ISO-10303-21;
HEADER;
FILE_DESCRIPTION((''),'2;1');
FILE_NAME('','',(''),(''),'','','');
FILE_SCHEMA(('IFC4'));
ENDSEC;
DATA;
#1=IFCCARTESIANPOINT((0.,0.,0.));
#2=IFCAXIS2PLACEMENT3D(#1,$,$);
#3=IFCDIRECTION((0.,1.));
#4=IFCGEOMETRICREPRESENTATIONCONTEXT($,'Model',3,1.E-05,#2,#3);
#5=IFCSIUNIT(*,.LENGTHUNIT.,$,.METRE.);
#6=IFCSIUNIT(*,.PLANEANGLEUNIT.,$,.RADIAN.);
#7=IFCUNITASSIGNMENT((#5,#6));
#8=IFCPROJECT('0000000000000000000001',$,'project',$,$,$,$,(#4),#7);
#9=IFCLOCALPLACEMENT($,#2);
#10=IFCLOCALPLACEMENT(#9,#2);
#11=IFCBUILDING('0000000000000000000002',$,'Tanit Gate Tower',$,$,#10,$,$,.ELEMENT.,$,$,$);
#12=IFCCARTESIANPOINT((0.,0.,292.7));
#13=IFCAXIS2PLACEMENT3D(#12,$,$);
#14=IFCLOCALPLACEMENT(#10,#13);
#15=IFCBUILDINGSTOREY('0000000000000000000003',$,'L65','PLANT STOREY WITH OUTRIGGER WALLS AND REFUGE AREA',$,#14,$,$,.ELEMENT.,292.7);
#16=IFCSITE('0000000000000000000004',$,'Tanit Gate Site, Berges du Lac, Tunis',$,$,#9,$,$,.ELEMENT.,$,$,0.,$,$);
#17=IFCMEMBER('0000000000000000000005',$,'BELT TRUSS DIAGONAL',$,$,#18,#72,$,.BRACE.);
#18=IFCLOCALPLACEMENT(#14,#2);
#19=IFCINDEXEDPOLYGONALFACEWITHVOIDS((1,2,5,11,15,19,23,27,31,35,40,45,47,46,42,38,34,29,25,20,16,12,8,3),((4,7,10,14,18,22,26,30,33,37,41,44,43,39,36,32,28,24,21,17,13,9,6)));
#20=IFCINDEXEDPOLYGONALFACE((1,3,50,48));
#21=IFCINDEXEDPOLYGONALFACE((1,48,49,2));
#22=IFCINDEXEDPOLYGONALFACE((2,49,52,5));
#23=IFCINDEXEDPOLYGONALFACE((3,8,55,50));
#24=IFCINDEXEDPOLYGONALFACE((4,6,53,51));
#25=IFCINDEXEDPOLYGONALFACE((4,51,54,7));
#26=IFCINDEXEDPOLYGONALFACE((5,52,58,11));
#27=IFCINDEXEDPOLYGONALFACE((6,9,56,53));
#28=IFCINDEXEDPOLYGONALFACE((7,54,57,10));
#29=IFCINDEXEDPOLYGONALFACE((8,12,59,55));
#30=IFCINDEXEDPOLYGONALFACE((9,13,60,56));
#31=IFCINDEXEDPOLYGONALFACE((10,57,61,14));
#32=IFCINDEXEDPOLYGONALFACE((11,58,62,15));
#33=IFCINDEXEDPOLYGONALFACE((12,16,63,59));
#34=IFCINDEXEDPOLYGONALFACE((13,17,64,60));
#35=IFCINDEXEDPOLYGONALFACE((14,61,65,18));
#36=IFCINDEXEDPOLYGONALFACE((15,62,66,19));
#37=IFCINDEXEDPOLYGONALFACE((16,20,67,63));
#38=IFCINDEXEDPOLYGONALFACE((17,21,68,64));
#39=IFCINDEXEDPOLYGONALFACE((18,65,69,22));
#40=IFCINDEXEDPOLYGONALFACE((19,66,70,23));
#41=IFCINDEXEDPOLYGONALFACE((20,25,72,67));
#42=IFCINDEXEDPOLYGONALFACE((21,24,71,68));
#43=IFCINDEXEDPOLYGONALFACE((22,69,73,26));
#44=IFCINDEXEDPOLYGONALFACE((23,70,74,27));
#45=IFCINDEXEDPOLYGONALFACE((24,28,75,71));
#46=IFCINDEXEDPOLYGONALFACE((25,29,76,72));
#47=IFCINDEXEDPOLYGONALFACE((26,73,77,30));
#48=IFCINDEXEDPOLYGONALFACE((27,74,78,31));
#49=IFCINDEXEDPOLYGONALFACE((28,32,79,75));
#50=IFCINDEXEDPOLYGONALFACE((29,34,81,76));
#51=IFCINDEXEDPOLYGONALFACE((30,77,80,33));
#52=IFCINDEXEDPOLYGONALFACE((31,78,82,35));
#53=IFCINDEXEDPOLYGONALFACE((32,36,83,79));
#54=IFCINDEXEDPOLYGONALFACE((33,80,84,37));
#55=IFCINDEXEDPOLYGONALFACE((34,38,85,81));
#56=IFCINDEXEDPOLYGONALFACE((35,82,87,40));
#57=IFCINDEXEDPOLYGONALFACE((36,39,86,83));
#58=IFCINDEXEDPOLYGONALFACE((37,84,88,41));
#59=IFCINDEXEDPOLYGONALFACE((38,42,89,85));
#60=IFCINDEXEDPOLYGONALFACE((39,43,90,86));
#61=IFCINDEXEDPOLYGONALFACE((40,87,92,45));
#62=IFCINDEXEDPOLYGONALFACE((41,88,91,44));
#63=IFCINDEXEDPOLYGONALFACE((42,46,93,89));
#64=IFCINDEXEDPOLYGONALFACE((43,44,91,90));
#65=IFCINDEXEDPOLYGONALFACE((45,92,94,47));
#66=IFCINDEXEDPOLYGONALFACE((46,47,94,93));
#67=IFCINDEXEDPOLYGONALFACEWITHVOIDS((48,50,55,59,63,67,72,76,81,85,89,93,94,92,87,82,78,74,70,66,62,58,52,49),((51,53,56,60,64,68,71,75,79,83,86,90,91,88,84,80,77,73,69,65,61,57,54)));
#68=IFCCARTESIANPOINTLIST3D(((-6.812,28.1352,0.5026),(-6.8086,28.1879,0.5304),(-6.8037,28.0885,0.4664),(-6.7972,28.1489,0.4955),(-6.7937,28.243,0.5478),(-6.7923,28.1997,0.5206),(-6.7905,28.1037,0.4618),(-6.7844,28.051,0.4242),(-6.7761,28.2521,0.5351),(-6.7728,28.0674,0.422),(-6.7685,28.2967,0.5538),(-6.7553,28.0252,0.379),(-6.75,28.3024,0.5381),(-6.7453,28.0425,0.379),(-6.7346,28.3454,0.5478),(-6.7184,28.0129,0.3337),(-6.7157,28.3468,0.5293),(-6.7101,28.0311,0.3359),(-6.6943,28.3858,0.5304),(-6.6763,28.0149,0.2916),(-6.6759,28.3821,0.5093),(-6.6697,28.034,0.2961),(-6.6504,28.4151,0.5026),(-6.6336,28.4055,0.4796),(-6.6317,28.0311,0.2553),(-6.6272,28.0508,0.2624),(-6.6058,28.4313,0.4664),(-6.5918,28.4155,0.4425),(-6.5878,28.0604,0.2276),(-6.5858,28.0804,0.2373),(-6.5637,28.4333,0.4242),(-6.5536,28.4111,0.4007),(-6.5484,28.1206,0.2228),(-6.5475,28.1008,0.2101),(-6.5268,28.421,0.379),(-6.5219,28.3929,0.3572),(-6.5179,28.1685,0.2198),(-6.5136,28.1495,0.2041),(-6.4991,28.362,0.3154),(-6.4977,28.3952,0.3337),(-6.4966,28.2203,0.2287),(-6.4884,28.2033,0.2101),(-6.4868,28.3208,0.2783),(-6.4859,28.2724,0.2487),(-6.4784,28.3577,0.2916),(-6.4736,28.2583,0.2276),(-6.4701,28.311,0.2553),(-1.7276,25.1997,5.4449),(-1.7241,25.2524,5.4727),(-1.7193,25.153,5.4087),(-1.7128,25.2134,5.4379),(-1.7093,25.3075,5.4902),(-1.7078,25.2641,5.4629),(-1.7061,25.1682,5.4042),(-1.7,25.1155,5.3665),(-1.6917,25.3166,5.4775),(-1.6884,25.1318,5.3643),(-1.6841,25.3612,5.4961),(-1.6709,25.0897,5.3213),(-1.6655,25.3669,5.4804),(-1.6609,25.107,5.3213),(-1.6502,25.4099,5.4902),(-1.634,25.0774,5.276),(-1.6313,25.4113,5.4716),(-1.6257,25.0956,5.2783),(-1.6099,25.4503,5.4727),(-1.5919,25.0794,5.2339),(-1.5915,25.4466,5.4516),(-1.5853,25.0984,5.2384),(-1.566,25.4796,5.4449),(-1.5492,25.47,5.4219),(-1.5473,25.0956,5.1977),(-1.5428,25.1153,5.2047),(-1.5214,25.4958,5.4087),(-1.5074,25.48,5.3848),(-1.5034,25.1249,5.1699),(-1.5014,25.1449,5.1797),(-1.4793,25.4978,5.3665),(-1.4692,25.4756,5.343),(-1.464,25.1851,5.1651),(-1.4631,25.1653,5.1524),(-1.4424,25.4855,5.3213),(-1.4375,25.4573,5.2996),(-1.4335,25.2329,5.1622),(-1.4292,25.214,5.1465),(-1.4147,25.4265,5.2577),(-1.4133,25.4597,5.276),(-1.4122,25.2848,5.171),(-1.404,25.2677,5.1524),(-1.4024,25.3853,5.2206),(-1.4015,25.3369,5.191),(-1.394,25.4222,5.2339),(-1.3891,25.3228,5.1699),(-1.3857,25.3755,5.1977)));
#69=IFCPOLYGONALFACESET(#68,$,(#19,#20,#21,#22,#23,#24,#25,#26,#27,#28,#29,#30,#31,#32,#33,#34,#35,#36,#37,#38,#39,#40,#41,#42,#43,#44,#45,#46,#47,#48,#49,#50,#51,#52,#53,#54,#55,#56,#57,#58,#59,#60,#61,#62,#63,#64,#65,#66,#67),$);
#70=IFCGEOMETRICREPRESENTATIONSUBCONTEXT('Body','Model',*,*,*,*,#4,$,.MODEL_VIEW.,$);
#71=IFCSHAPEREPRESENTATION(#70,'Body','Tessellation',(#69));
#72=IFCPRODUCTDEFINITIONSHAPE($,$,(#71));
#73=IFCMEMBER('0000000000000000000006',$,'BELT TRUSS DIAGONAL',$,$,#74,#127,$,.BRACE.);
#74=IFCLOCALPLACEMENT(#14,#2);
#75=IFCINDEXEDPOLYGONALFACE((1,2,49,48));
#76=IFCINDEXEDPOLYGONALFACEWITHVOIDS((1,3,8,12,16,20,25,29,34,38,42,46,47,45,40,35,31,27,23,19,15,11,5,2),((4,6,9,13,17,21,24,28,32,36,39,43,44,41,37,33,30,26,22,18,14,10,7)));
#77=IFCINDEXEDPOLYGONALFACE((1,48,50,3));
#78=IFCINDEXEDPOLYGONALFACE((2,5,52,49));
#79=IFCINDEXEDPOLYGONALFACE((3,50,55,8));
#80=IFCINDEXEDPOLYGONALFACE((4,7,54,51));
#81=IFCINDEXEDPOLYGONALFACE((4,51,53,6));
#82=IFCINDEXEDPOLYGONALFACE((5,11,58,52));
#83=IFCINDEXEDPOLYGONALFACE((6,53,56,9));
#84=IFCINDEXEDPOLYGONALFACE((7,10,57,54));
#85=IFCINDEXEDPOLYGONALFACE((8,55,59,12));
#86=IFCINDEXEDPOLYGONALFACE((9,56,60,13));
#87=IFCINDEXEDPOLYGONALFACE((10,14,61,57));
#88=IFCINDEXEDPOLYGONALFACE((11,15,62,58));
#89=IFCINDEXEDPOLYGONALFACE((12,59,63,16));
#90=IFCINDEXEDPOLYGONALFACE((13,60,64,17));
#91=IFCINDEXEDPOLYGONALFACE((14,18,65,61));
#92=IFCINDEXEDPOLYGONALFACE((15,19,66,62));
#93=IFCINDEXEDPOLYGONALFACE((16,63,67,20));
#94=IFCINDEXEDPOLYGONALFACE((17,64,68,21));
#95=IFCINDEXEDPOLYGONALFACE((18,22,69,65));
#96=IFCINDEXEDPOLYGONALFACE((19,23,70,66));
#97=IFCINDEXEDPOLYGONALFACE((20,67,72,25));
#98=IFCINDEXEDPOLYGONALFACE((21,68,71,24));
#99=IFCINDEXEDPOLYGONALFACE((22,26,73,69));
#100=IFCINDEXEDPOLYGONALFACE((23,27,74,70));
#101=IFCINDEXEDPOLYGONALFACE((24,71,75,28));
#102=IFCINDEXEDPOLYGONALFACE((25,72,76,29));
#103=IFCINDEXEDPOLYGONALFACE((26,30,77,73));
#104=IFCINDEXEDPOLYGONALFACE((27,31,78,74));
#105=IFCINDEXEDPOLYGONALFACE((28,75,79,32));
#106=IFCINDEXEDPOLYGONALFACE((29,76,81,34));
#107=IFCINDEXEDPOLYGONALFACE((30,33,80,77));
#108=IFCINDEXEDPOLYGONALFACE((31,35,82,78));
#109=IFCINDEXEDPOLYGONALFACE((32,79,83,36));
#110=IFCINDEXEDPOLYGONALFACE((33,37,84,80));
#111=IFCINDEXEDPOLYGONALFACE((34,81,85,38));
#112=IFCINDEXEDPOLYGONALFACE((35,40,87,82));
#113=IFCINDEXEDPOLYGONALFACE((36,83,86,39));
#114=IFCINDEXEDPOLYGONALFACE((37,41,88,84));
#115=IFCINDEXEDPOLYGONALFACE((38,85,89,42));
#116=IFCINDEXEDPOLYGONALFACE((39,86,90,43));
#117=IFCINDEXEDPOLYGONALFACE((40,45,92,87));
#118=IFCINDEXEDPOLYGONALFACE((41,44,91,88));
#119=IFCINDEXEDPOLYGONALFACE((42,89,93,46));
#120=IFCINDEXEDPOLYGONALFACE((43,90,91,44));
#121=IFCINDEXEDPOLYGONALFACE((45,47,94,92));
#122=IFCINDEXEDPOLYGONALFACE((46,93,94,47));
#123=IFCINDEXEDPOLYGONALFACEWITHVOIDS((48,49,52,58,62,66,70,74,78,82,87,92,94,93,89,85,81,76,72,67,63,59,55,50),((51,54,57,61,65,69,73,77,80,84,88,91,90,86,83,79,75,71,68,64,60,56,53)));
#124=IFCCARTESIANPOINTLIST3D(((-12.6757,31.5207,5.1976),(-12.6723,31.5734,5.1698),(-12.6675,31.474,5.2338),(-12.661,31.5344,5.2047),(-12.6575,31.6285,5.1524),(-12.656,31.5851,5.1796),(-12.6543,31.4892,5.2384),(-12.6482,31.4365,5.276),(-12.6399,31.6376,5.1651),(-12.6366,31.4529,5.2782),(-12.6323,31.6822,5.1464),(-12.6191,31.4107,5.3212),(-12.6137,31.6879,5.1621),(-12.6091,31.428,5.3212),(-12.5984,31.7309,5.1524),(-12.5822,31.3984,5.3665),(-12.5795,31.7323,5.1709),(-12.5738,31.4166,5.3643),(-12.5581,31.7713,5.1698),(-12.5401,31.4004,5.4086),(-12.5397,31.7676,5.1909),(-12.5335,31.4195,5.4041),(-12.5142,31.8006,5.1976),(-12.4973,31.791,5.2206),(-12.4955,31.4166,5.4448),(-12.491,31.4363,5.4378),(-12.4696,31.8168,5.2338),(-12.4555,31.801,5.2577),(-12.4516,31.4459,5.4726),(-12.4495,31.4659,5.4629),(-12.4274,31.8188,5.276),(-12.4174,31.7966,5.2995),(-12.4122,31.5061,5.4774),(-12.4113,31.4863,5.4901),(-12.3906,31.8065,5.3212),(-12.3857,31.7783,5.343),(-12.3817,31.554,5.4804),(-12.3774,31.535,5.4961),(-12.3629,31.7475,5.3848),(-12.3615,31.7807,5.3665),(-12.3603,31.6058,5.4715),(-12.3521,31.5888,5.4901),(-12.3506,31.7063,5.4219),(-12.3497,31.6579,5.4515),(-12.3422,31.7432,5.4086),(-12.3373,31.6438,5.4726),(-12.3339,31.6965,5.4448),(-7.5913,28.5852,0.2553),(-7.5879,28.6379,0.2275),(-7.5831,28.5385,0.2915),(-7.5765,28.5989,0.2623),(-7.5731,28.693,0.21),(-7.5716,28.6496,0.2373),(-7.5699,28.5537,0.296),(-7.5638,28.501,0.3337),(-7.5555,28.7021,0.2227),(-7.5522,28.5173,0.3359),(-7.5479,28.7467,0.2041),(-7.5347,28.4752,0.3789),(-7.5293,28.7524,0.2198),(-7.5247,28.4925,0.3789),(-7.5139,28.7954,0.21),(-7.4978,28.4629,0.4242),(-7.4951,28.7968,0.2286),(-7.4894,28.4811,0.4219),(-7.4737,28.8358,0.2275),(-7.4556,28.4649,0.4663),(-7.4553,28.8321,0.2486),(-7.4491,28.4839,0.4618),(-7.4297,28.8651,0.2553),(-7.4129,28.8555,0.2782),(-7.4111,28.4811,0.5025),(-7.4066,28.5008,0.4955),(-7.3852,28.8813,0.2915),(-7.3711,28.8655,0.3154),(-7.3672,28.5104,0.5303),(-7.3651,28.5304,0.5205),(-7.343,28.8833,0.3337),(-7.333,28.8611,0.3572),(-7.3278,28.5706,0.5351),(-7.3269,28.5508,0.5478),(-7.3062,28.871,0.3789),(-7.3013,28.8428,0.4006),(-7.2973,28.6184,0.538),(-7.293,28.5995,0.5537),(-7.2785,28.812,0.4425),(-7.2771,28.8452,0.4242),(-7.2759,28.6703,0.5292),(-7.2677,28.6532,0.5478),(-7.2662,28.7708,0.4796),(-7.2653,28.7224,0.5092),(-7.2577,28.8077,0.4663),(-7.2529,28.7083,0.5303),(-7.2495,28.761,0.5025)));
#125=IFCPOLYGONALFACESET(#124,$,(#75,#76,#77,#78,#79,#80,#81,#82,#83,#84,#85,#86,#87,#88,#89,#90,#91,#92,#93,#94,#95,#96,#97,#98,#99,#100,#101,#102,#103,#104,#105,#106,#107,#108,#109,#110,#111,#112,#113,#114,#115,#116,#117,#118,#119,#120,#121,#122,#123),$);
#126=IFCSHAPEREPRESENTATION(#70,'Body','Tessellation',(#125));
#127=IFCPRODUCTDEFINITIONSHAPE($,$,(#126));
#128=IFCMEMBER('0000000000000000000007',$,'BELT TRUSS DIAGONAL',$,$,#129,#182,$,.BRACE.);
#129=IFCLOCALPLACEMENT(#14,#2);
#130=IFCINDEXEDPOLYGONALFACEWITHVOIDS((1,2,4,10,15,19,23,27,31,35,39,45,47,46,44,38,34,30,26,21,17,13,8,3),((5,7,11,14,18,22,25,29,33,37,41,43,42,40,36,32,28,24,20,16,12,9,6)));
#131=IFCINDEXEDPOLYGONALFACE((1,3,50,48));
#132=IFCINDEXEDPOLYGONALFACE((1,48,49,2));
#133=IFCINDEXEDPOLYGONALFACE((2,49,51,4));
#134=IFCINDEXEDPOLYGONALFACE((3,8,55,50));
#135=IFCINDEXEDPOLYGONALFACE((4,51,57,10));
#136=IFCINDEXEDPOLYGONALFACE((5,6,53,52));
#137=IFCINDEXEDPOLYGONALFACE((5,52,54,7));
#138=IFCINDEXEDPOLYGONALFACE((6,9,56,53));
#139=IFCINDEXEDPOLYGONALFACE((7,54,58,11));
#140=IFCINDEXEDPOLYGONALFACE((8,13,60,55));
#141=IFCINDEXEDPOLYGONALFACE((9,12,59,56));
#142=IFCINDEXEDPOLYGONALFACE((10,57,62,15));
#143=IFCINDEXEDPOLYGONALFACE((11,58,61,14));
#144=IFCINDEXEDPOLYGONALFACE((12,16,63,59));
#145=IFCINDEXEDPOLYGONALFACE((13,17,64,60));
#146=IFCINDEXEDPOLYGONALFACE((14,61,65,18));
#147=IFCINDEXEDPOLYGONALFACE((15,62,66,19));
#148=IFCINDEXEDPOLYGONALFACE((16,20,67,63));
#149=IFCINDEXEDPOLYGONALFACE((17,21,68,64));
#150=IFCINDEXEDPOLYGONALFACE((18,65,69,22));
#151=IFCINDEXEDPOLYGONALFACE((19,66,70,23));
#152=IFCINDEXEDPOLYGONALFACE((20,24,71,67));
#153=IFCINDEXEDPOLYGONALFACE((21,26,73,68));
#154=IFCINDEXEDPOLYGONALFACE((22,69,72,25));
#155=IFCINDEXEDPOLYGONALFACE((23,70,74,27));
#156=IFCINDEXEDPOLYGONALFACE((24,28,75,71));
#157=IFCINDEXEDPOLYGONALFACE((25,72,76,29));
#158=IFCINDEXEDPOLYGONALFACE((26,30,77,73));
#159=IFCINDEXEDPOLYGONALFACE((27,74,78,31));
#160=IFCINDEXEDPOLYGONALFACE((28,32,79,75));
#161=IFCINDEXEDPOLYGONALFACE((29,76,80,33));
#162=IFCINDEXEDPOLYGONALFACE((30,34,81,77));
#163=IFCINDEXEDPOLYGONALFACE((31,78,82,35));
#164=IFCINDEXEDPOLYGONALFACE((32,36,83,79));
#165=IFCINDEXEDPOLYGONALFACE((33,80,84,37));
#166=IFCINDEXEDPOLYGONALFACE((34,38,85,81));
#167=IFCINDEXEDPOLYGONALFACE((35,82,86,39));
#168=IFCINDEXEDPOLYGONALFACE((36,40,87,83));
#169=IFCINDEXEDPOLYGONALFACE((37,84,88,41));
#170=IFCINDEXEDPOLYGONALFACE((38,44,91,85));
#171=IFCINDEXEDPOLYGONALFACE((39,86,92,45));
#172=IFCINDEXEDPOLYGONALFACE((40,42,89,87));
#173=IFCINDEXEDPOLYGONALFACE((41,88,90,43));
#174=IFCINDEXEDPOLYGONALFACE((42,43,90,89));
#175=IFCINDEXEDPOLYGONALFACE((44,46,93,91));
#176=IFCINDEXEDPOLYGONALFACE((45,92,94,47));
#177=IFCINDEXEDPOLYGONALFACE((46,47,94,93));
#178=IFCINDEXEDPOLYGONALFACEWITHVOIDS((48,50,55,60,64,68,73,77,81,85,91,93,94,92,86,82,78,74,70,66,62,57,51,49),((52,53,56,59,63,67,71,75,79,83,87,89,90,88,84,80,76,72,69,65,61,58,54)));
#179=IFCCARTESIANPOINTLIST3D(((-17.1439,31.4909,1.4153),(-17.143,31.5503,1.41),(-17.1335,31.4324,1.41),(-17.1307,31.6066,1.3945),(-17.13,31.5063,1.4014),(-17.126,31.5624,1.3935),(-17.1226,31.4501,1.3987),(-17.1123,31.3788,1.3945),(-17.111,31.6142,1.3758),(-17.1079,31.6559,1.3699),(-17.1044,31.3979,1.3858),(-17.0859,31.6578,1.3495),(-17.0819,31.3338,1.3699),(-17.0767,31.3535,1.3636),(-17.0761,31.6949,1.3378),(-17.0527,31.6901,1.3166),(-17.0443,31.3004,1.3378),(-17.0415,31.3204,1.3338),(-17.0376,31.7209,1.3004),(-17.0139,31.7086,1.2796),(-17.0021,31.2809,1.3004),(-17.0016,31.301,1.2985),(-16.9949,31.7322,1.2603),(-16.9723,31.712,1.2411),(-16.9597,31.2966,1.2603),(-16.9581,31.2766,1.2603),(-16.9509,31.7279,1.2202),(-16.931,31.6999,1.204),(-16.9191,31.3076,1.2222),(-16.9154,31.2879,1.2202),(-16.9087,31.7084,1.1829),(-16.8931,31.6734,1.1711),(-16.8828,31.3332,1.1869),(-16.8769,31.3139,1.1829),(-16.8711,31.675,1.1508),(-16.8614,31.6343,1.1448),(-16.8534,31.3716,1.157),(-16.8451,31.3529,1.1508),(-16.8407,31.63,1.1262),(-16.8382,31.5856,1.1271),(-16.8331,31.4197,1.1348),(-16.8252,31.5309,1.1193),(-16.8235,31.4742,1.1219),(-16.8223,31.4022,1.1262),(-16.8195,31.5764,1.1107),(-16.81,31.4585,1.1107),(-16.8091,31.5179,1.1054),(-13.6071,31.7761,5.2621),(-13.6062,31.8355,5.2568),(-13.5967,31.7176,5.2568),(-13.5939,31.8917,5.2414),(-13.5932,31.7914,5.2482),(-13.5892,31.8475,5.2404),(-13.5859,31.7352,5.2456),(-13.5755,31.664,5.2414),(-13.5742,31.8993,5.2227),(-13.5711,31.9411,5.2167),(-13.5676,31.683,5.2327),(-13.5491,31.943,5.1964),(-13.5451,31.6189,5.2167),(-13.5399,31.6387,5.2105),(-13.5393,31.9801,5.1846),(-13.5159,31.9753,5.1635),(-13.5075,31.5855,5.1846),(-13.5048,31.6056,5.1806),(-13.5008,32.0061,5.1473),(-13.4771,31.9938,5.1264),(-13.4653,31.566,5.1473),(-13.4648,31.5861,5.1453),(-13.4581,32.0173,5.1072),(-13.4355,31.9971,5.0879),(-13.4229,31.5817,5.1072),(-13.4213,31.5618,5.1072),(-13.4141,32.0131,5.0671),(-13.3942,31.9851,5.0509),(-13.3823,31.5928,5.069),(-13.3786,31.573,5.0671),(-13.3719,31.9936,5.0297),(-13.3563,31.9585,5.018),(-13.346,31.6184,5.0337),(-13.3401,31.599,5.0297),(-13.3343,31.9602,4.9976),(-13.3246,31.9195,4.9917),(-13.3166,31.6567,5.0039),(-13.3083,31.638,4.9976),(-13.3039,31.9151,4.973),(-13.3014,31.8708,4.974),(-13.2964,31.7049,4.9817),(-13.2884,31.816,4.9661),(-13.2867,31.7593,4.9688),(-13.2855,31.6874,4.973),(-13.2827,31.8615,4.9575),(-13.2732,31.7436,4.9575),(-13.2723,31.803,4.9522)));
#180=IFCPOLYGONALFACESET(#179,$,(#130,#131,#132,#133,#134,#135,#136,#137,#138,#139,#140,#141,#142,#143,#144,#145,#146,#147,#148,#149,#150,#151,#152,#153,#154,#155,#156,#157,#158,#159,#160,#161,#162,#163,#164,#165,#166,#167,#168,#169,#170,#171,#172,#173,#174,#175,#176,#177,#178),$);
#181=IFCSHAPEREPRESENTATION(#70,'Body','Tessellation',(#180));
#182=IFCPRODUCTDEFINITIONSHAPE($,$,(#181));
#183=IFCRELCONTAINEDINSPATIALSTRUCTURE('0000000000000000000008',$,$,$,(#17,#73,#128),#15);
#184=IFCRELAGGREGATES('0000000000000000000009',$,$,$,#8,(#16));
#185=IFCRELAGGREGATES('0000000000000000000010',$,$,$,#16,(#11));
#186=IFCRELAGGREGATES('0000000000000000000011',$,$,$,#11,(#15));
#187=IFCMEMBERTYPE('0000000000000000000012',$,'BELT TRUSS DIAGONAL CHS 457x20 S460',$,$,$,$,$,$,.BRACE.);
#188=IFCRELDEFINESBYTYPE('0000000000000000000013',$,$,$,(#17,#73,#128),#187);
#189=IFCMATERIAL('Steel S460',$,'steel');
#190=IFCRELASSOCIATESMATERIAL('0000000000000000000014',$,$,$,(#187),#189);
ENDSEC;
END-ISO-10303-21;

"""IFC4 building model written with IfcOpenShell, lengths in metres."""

from ifc_helpers import new_model, si_unit, direction, frame, origin, origin_2d, place, context, subcontext, project, spatial, hollow_circle, extrude, material, material_profile, profile_set, type_object, element, save


model = new_model("IFC4")

# Units and contexts
model_context = context("Model", 3, precision=1e-05, world=origin(), true_north=direction((0.0, 1.0)))
body_context = subcontext(model_context, "Body", "Model", "MODEL_VIEW")
ifc_project = project(units=[si_unit("LENGTHUNIT", "METRE"), si_unit("PLANEANGLEUNIT", "RADIAN")], contexts=[model_context])

# Site, building, storey
site_placement = place(None, origin())
site = spatial("IfcSite", under=ifc_project, at=site_placement, Name="Tanit Gate Site, Berges du Lac, Tunis", CompositionType="ELEMENT", RefElevation=0.0)
building_placement = place(site_placement, origin())
building = spatial("IfcBuilding", under=site, at=building_placement, Name="Tanit Gate Tower", CompositionType="ELEMENT")
storey_placement = place(building_placement, frame((0.0, 0.0, 292.7)))
storey = spatial("IfcBuildingStorey", under=building, at=storey_placement, Name="L65", Description="PLANT STOREY WITH OUTRIGGER WALLS AND REFUGE AREA", CompositionType="ELEMENT", Elevation=292.7)

# Members
ifc_material_1 = material(Name="Steel S460", Category="steel")
ifc_material_profile_1 = material_profile(ifc_material_1, hollow_circle(Radius=0.2285, WallThickness=0.02, at=origin_2d()), Name="CHS 457x20")
ifc_profile_set_1 = profile_set([ifc_material_profile_1], Name="Steel S460")
member_type = type_object("IfcMemberType", Name="BELT TRUSS DIAGONAL CHS 457x20 S460", PredefinedType="BRACE", material=ifc_profile_set_1)
for number, where, z_axis, x_axis, name in (
    (1, (-1.5566, 25.2876, 5.3213), (-0.662524, 0.382511, -0.644009), (-0.500003, -0.866024, 0.0), "BELT TRUSS DIAGONAL"),
    (2, (-7.4204, 28.6731, 0.3789), (-0.662524, 0.382511, 0.644009), (-0.500003, -0.866024, 0.0), "BELT TRUSS DIAGONAL"),
):
    element("IfcMember", number, at=place(storey_placement, frame(where, z_axis=z_axis, x_axis=x_axis)), inside=storey, type_object=member_type, Name=name, PredefinedType="BRACE", context=body_context, shape_type="SweptSolid", body=[
        extrude(hollow_circle(Radius=0.2285, WallThickness=0.02, at=origin_2d()), origin(), (0.0, 0.0, 1.0), 7.6743),
    ])
member_placement = place(storey_placement, frame((-13.4397, 31.7896, 5.1072), z_axis=(-0.675812, -0.054487, -0.735057), x_axis=(0.080363, -0.996766, 0.0)))
element("IfcMember", 3, at=member_placement, inside=storey, type_object=member_type, Name="BELT TRUSS DIAGONAL", PredefinedType="BRACE", context=body_context, shape_type="SweptSolid", body=[
    extrude(hollow_circle(Radius=0.2285, WallThickness=0.02, at=origin_2d()), origin(), (0.0, 0.0, 1.0), 5.2334),
])

save(model, "model.ifc")
